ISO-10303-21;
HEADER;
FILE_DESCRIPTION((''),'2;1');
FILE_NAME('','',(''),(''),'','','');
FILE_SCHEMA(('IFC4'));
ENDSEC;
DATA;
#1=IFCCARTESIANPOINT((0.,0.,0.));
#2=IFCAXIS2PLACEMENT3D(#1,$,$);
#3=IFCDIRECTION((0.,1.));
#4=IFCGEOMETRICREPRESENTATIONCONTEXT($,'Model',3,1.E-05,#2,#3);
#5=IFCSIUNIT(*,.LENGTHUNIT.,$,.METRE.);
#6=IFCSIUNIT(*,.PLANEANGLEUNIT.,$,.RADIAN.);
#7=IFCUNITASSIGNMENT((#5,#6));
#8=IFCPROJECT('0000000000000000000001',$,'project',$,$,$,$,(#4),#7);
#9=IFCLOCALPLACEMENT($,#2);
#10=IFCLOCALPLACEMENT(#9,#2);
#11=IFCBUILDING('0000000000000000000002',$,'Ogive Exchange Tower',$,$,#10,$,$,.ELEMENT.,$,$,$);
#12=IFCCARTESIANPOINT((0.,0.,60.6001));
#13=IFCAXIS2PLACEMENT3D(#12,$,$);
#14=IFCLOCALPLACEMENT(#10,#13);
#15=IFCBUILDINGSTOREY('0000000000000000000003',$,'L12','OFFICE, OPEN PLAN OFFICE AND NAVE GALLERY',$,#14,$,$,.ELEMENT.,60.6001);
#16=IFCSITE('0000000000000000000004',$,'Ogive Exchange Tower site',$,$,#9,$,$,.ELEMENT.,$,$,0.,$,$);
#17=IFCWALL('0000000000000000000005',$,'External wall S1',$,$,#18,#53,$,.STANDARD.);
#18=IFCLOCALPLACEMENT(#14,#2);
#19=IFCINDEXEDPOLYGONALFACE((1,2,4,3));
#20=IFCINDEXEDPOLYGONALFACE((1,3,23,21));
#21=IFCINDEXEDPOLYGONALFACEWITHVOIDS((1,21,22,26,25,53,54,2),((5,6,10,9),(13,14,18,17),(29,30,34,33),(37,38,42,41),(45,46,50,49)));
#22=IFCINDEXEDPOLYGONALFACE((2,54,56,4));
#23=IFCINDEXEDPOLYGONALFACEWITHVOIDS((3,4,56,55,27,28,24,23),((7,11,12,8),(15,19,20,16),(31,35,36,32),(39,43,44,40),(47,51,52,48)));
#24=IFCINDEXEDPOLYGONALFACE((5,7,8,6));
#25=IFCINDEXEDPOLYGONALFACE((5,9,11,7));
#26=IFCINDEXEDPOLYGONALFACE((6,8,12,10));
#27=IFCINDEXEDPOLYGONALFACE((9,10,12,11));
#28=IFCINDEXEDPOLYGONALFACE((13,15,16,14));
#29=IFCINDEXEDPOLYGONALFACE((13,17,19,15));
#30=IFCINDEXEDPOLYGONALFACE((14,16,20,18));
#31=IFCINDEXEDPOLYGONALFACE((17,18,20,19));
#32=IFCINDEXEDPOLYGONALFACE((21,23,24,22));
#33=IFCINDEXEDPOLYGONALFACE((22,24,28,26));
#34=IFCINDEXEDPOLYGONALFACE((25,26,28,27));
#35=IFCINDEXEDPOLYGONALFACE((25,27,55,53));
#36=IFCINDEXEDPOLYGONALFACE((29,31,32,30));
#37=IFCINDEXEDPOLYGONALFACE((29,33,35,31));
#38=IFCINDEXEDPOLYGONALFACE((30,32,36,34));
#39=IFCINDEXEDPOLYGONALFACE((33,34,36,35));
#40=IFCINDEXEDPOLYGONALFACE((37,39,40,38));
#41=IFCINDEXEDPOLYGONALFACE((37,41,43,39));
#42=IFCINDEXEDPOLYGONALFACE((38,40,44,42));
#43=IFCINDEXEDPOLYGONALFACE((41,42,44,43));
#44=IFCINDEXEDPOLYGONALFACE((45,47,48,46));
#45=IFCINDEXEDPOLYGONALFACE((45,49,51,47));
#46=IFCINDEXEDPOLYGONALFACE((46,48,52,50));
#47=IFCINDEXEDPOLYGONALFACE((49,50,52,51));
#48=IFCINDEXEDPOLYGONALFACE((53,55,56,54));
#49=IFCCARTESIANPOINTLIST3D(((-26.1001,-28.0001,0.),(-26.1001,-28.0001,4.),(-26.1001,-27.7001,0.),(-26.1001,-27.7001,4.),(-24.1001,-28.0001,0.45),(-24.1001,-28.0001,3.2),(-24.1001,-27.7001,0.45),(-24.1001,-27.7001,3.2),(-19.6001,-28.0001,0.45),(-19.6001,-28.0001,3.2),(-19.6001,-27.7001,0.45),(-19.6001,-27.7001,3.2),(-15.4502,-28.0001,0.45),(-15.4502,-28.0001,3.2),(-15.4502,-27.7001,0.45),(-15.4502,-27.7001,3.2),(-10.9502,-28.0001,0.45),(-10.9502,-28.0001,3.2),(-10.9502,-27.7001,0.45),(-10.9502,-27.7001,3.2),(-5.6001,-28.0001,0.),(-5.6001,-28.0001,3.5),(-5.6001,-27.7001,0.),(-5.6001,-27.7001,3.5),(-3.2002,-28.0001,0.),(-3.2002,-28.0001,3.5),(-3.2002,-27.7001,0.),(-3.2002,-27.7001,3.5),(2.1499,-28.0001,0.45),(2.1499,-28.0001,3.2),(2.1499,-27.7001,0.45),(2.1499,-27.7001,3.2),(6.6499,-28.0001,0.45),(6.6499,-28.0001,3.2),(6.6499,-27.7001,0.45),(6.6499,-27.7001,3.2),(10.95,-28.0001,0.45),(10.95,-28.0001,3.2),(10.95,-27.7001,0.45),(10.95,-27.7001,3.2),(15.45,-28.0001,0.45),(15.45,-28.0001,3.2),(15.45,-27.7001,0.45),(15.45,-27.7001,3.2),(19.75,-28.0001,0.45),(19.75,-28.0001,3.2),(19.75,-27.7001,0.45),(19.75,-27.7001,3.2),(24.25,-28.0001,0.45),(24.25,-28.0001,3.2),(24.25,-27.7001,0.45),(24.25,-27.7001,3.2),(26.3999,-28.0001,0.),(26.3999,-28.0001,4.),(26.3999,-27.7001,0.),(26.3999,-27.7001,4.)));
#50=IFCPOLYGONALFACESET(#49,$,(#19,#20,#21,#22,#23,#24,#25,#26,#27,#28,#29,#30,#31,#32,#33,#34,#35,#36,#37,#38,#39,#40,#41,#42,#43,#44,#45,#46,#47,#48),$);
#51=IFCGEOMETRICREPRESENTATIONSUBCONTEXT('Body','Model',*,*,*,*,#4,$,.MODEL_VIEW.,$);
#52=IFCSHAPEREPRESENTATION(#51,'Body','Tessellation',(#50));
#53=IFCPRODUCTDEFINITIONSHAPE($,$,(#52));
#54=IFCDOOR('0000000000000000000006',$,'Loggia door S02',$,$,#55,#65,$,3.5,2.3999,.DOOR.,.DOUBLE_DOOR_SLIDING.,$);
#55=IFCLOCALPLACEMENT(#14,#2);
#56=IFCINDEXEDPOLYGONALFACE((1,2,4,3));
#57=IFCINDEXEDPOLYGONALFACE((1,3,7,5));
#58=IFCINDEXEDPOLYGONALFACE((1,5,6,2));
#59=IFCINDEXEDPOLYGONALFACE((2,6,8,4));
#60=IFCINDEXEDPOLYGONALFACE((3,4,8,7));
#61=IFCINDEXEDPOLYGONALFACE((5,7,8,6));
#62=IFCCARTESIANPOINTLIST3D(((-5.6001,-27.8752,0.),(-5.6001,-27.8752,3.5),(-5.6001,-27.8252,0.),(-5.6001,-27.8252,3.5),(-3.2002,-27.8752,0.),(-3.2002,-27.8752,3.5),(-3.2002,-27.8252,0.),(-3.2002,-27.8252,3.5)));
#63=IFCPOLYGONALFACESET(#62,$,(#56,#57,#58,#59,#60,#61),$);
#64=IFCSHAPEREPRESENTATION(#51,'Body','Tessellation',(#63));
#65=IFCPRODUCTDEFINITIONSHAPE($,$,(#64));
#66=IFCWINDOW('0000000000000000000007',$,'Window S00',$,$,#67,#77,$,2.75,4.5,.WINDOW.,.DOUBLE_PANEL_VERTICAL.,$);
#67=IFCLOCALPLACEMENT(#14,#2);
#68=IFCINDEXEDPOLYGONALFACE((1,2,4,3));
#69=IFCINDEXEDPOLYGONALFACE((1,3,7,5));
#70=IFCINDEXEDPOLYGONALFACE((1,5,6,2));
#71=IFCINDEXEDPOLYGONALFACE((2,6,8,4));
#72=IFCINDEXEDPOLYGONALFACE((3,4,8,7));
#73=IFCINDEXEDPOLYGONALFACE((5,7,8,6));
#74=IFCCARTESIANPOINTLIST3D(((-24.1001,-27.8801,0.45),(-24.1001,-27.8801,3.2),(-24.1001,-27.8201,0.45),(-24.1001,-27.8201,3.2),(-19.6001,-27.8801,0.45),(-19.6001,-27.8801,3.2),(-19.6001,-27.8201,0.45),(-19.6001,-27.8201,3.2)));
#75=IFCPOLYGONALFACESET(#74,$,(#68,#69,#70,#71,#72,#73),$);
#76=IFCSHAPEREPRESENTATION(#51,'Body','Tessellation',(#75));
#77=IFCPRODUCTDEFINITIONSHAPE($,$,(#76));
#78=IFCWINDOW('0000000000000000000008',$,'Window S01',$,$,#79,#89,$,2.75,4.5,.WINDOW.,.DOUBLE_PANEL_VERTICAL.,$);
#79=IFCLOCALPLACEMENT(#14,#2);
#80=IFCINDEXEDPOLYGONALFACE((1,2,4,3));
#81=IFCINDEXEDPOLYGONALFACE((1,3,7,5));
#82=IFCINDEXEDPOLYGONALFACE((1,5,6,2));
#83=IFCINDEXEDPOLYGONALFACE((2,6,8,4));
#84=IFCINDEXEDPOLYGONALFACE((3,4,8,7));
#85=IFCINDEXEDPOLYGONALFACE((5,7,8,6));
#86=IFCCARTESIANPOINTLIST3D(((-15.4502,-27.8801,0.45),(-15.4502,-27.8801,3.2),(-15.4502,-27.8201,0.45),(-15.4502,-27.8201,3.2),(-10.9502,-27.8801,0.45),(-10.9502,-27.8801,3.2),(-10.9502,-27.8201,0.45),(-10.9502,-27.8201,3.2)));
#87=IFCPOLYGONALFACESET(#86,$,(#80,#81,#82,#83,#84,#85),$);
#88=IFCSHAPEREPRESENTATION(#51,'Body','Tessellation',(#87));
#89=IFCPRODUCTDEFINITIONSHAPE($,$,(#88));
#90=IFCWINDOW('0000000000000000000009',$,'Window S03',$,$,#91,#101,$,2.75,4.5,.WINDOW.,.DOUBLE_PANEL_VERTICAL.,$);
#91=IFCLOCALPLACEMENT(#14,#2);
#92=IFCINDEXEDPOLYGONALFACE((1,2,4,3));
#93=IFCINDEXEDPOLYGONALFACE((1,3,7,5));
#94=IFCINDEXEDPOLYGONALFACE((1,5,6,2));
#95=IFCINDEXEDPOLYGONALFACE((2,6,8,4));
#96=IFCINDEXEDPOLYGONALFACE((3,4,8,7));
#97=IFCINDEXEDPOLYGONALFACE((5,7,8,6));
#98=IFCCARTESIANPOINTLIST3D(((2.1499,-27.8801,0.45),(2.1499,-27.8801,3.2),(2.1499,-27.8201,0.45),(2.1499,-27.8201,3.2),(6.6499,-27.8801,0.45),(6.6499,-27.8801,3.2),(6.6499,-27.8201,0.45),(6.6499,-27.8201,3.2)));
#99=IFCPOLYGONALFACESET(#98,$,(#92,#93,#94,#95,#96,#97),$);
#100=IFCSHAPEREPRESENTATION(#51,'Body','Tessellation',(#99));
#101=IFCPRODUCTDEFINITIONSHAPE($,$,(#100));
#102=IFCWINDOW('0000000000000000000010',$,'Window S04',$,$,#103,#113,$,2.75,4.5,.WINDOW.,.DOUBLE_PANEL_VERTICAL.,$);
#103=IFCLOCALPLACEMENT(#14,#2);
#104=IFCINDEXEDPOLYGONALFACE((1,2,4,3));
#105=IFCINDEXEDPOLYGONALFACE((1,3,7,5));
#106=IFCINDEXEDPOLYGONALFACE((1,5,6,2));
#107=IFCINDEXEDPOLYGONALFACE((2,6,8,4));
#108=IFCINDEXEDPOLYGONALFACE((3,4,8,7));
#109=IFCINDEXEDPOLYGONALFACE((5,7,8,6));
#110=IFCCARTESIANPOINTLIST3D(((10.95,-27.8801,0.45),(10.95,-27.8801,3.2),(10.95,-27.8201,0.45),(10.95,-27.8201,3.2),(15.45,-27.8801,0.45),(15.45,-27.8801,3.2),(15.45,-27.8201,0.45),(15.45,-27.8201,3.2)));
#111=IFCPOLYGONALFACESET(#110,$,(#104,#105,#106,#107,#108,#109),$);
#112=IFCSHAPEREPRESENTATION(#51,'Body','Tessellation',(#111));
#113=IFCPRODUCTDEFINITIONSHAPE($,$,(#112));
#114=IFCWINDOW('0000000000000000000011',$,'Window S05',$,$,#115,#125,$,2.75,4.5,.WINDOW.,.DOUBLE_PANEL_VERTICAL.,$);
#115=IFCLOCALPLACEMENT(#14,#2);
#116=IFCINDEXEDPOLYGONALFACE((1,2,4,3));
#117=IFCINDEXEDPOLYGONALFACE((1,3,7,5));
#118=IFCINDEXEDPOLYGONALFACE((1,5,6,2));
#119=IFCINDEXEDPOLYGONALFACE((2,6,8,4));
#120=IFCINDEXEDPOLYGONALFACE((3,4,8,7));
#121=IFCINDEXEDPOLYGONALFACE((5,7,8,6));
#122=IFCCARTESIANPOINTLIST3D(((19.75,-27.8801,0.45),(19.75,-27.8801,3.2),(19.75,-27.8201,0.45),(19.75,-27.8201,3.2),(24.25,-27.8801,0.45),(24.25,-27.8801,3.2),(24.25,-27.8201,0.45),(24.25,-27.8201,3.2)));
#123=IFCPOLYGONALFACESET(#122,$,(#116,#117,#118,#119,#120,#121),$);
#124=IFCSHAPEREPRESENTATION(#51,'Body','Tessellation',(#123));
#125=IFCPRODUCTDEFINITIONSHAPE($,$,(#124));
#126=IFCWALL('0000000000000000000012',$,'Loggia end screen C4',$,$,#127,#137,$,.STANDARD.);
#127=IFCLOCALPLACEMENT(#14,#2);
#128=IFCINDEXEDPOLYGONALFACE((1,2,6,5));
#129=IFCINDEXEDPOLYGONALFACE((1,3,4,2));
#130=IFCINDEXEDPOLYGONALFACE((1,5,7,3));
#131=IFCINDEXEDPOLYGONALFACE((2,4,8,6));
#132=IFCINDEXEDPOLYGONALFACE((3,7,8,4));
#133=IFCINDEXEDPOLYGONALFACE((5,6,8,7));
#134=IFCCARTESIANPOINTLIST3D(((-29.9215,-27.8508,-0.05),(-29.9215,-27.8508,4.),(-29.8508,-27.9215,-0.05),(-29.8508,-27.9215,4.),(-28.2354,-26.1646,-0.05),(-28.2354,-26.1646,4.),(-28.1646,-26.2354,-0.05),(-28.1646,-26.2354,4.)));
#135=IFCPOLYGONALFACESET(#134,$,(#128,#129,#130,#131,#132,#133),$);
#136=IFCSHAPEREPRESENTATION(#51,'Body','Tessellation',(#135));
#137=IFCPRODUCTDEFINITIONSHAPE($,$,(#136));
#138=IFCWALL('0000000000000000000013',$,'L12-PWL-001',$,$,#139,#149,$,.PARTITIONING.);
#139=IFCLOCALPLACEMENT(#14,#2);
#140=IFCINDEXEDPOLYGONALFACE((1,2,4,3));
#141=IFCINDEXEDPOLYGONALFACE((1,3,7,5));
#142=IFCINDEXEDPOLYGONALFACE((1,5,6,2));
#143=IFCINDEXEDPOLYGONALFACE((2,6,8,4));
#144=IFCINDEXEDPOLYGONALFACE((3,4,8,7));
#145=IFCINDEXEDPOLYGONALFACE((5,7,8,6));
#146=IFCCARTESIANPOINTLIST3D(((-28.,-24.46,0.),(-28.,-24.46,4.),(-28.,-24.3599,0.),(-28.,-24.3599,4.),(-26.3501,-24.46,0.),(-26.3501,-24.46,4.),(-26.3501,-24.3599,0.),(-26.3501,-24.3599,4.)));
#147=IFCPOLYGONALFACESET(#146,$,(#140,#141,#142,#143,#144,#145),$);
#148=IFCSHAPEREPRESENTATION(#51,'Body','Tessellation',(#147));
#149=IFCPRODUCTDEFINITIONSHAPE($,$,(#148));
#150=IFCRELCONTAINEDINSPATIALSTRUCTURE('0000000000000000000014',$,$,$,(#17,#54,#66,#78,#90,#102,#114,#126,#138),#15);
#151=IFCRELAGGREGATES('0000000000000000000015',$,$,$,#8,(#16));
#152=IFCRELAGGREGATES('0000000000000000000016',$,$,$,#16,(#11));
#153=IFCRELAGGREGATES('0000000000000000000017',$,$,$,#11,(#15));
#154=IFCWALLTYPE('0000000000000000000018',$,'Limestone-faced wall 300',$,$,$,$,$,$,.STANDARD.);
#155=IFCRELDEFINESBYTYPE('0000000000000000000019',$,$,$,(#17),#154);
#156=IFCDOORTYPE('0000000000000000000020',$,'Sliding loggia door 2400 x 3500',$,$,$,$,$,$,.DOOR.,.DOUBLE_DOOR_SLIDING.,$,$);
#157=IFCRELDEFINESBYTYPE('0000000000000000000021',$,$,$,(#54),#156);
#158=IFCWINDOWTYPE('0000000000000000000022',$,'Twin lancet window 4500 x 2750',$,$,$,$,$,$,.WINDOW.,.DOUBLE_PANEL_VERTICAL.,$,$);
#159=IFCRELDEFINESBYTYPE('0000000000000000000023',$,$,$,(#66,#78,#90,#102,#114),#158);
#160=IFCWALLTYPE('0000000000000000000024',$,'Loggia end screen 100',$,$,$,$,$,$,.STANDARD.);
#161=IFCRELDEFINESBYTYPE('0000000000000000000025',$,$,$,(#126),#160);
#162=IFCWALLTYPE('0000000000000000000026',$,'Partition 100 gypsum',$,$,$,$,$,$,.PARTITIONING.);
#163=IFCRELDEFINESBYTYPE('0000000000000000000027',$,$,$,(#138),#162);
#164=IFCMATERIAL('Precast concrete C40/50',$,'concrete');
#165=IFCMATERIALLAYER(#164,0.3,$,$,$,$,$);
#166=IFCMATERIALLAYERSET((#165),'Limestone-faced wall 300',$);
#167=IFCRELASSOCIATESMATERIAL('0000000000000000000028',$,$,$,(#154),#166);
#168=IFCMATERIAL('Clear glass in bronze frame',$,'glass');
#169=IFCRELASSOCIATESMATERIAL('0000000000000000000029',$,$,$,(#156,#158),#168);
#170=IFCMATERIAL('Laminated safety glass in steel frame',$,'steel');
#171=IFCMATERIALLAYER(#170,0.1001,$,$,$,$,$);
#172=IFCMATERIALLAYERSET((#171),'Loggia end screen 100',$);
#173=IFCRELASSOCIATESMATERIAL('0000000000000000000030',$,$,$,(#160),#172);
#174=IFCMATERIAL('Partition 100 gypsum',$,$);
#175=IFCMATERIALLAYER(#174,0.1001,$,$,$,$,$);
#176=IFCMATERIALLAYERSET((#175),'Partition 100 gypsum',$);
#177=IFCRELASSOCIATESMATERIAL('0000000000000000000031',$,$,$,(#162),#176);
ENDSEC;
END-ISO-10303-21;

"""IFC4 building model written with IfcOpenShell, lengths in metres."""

from ifc_helpers import new_model, si_unit, direction, frame, frame_2d, origin, place, context, subcontext, project, spatial, rectangle, extrude, material, layer, layer_set, type_object, element, fill, save


model = new_model("IFC4")

# Units and contexts
model_context = context("Model", 3, precision=1e-05, world=origin(), true_north=direction((0.0, 1.0)))
body_context = subcontext(model_context, "Body", "Model", "MODEL_VIEW")
ifc_project = project(units=[si_unit("LENGTHUNIT", "METRE"), si_unit("PLANEANGLEUNIT", "RADIAN")], contexts=[model_context])

# Site, building, storey
site_placement = place(None, origin())
site = spatial("IfcSite", under=ifc_project, at=site_placement, Name="Ogive Exchange Tower site", CompositionType="ELEMENT", RefElevation=0.0)
building_placement = place(site_placement, origin())
building = spatial("IfcBuilding", under=site, at=building_placement, Name="Ogive Exchange Tower", CompositionType="ELEMENT")
storey_placement = place(building_placement, frame((0.0, 0.0, 60.6001)))
storey = spatial("IfcBuildingStorey", under=building, at=storey_placement, Name="L12", Description="OFFICE, OPEN PLAN OFFICE AND NAVE GALLERY", CompositionType="ELEMENT", Elevation=60.6001)

# Wall, openings, door, windows
ifc_material_1 = material(Name="Precast concrete C40/50", Category="concrete")
ifc_layer_1 = layer(ifc_material_1, 0.3)
ifc_layer_set_1 = layer_set([ifc_layer_1], Name="Limestone-faced wall 300")
wall_type_1 = type_object("IfcWallType", Name="Limestone-faced wall 300", PredefinedType="STANDARD", material=ifc_layer_set_1)
wall_1_placement = place(storey_placement, frame((-26.1001, -27.8501, 0.0), z_axis=(0.0, 0.0, 1.0), x_axis=(1.0, 0.0, 0.0)))
wall_1 = element("IfcWall", 1, at=wall_1_placement, inside=storey, type_object=wall_type_1, Name="External wall S1", PredefinedType="STANDARD", context=body_context, shape_type="SweptSolid", body=[
    extrude(rectangle(XDim=52.5, YDim=0.3, at=frame_2d((26.25, 0.0))), origin(), (0.0, 0.0, 1.0), 4.0),
])
opening_1_placement = place(wall_1_placement, frame((2.0, 0.0, 0.45)))
opening_1 = element("IfcOpeningElement", 2, at=opening_1_placement, cuts=wall_1, PredefinedType="OPENING", context=body_context, shape_type="SweptSolid", body=[
    extrude(rectangle(XDim=4.5, YDim=2.75, at=frame_2d((2.25, 1.375))), frame((0.0, 0.1599, 0.0), z_axis=(0.0, -1.0, 0.0), x_axis=(1.0, 0.0, 0.0)), (0.0, 0.0, 1.0), 0.3201),
])
opening_2_placement = place(wall_1_placement, frame((10.6499, 0.0, 0.45)))
opening_2 = element("IfcOpeningElement", 3, at=opening_2_placement, cuts=wall_1, PredefinedType="OPENING", context=body_context, shape_type="SweptSolid", body=[
    extrude(rectangle(XDim=4.5, YDim=2.75, at=frame_2d((2.25, 1.375))), frame((0.0, 0.1599, 0.0), z_axis=(0.0, -1.0, 0.0), x_axis=(1.0, 0.0, 0.0)), (0.0, 0.0, 1.0), 0.3201),
])
opening_3_placement = place(wall_1_placement, frame((20.5, 0.0, 0.0)))
opening_3 = element("IfcOpeningElement", 4, at=opening_3_placement, cuts=wall_1, PredefinedType="OPENING", context=body_context, shape_type="SweptSolid", body=[
    extrude(rectangle(XDim=2.3999, YDim=3.5, at=frame_2d((1.2, 1.75))), frame((0.0, 0.1599, 0.0), z_axis=(0.0, -1.0, 0.0), x_axis=(1.0, 0.0, 0.0)), (0.0, 0.0, 1.0), 0.3201),
])
opening_4_placement = place(wall_1_placement, frame((28.25, 0.0, 0.45)))
opening_4 = element("IfcOpeningElement", 5, at=opening_4_placement, cuts=wall_1, PredefinedType="OPENING", context=body_context, shape_type="SweptSolid", body=[
    extrude(rectangle(XDim=4.5, YDim=2.75, at=frame_2d((2.25, 1.375))), frame((0.0, 0.1599, 0.0), z_axis=(0.0, -1.0, 0.0), x_axis=(1.0, 0.0, 0.0)), (0.0, 0.0, 1.0), 0.3201),
])
opening_5_placement = place(wall_1_placement, frame((37.05, 0.0, 0.45)))
opening_5 = element("IfcOpeningElement", 6, at=opening_5_placement, cuts=wall_1, PredefinedType="OPENING", context=body_context, shape_type="SweptSolid", body=[
    extrude(rectangle(XDim=4.5, YDim=2.75, at=frame_2d((2.25, 1.375))), frame((0.0, 0.1599, 0.0), z_axis=(0.0, -1.0, 0.0), x_axis=(1.0, 0.0, 0.0)), (0.0, 0.0, 1.0), 0.3201),
])
opening_6_placement = place(wall_1_placement, frame((45.8501, 0.0, 0.45)))
opening_6 = element("IfcOpeningElement", 7, at=opening_6_placement, cuts=wall_1, PredefinedType="OPENING", context=body_context, shape_type="SweptSolid", body=[
    extrude(rectangle(XDim=4.5, YDim=2.75, at=frame_2d((2.25, 1.375))), frame((0.0, 0.1599, 0.0), z_axis=(0.0, -1.0, 0.0), x_axis=(1.0, 0.0, 0.0)), (0.0, 0.0, 1.0), 0.3201),
])
ifc_material_2 = material(Name="Clear glass in bronze frame", Category="glass")
door_type_1 = type_object("IfcDoorType", Name="Sliding loggia door 2400 x 3500", OperationType="DOUBLE_DOOR_SLIDING", PredefinedType="DOOR", material=ifc_material_2)
door_1_placement = place(opening_3_placement, origin())
door_1 = element("IfcDoor", 8, at=door_1_placement, inside=storey, type_object=door_type_1, Name="Loggia door S02", OperationType="DOUBLE_DOOR_SLIDING", OverallHeight=3.5, OverallWidth=2.3999, PredefinedType="DOOR", context=body_context, shape_type="SweptSolid", body=[
    extrude(rectangle(XDim=2.3999, YDim=3.5, at=frame_2d((1.2, 1.75))), frame((0.0, 0.0249, 0.0), z_axis=(0.0, -1.0, 0.0), x_axis=(1.0, 0.0, 0.0)), (0.0, 0.0, 1.0), 0.05),
])
fill(opening_3, door_1)
window_type = type_object("IfcWindowType", Name="Twin lancet window 4500 x 2750", PartitioningType="DOUBLE_PANEL_VERTICAL", PredefinedType="WINDOW", material=ifc_material_2)
window_1_placement = place(opening_1_placement, origin())
window_1 = element("IfcWindow", 9, at=window_1_placement, inside=storey, type_object=window_type, Name="Window S00", OverallHeight=2.75, OverallWidth=4.5, PartitioningType="DOUBLE_PANEL_VERTICAL", PredefinedType="WINDOW", context=body_context, shape_type="SweptSolid", body=[
    extrude(rectangle(XDim=4.5, YDim=2.75, at=frame_2d((2.25, 1.375))), frame((0.0, 0.03, 0.0), z_axis=(0.0, -1.0, 0.0), x_axis=(1.0, 0.0, 0.0)), (0.0, 0.0, 1.0), 0.0601),
])
fill(opening_1, window_1)
window_2_placement = place(opening_2_placement, origin())
window_2 = element("IfcWindow", 10, at=window_2_placement, inside=storey, type_object=window_type, Name="Window S01", OverallHeight=2.75, OverallWidth=4.5, PartitioningType="DOUBLE_PANEL_VERTICAL", PredefinedType="WINDOW", context=body_context, shape_type="SweptSolid", body=[
    extrude(rectangle(XDim=4.5, YDim=2.75, at=frame_2d((2.25, 1.375))), frame((0.0, 0.03, 0.0), z_axis=(0.0, -1.0, 0.0), x_axis=(1.0, 0.0, 0.0)), (0.0, 0.0, 1.0), 0.0601),
])
fill(opening_2, window_2)
window_3_placement = place(opening_4_placement, origin())
window_3 = element("IfcWindow", 11, at=window_3_placement, inside=storey, type_object=window_type, Name="Window S03", OverallHeight=2.75, OverallWidth=4.5, PartitioningType="DOUBLE_PANEL_VERTICAL", PredefinedType="WINDOW", context=body_context, shape_type="SweptSolid", body=[
    extrude(rectangle(XDim=4.5, YDim=2.75, at=frame_2d((2.25, 1.375))), frame((0.0, 0.03, 0.0), z_axis=(0.0, -1.0, 0.0), x_axis=(1.0, 0.0, 0.0)), (0.0, 0.0, 1.0), 0.0601),
])
fill(opening_4, window_3)
window_4_placement = place(opening_5_placement, origin())
window_4 = element("IfcWindow", 12, at=window_4_placement, inside=storey, type_object=window_type, Name="Window S04", OverallHeight=2.75, OverallWidth=4.5, PartitioningType="DOUBLE_PANEL_VERTICAL", PredefinedType="WINDOW", context=body_context, shape_type="SweptSolid", body=[
    extrude(rectangle(XDim=4.5, YDim=2.75, at=frame_2d((2.25, 1.375))), frame((0.0, 0.03, 0.0), z_axis=(0.0, -1.0, 0.0), x_axis=(1.0, 0.0, 0.0)), (0.0, 0.0, 1.0), 0.0601),
])
fill(opening_5, window_4)
window_5_placement = place(opening_6_placement, origin())
window_5 = element("IfcWindow", 13, at=window_5_placement, inside=storey, type_object=window_type, Name="Window S05", OverallHeight=2.75, OverallWidth=4.5, PartitioningType="DOUBLE_PANEL_VERTICAL", PredefinedType="WINDOW", context=body_context, shape_type="SweptSolid", body=[
    extrude(rectangle(XDim=4.5, YDim=2.75, at=frame_2d((2.25, 1.375))), frame((0.0, 0.03, 0.0), z_axis=(0.0, -1.0, 0.0), x_axis=(1.0, 0.0, 0.0)), (0.0, 0.0, 1.0), 0.0601),
])
fill(opening_6, window_5)

# Walls
ifc_material_3 = material(Name="Laminated safety glass in steel frame", Category="steel")
ifc_layer_2 = layer(ifc_material_3, 0.1001)
ifc_layer_set_2 = layer_set([ifc_layer_2], Name="Loggia end screen 100")
wall_type_2 = type_object("IfcWallType", Name="Loggia end screen 100", PredefinedType="STANDARD", material=ifc_layer_set_2)
wall_2_placement = place(storey_placement, frame((-28.2, -26.2, -0.05), z_axis=(0.0, 0.0, 1.0), x_axis=(-0.707107, -0.707107, 0.0)))
element("IfcWall", 14, at=wall_2_placement, inside=storey, type_object=wall_type_2, Name="Loggia end screen C4", PredefinedType="STANDARD", context=body_context, shape_type="SweptSolid", body=[
    extrude(rectangle(XDim=2.3845, YDim=0.1001, at=frame_2d((1.1924, 0.0))), origin(), (0.0, 0.0, 1.0), 4.05),
])
ifc_material_4 = material(Name="Partition 100 gypsum")
ifc_layer_3 = layer(ifc_material_4, 0.1001)
ifc_layer_set_3 = layer_set([ifc_layer_3], Name="Partition 100 gypsum")
wall_type_3 = type_object("IfcWallType", Name="Partition 100 gypsum", PredefinedType="PARTITIONING", material=ifc_layer_set_3)
wall_3_placement = place(storey_placement, frame((-28.0, -24.4099, 0.0), z_axis=(0.0, 0.0, 1.0), x_axis=(1.0, 0.0, 0.0)))
element("IfcWall", 15, at=wall_3_placement, inside=storey, type_object=wall_type_3, Name="L12-PWL-001", PredefinedType="PARTITIONING", context=body_context, shape_type="SweptSolid", body=[
    extrude(rectangle(XDim=1.6499, YDim=0.1001, at=frame_2d((0.825, 0.0))), origin(), (0.0, 0.0, 1.0), 4.0),
])

save(model, "model.ifc")
